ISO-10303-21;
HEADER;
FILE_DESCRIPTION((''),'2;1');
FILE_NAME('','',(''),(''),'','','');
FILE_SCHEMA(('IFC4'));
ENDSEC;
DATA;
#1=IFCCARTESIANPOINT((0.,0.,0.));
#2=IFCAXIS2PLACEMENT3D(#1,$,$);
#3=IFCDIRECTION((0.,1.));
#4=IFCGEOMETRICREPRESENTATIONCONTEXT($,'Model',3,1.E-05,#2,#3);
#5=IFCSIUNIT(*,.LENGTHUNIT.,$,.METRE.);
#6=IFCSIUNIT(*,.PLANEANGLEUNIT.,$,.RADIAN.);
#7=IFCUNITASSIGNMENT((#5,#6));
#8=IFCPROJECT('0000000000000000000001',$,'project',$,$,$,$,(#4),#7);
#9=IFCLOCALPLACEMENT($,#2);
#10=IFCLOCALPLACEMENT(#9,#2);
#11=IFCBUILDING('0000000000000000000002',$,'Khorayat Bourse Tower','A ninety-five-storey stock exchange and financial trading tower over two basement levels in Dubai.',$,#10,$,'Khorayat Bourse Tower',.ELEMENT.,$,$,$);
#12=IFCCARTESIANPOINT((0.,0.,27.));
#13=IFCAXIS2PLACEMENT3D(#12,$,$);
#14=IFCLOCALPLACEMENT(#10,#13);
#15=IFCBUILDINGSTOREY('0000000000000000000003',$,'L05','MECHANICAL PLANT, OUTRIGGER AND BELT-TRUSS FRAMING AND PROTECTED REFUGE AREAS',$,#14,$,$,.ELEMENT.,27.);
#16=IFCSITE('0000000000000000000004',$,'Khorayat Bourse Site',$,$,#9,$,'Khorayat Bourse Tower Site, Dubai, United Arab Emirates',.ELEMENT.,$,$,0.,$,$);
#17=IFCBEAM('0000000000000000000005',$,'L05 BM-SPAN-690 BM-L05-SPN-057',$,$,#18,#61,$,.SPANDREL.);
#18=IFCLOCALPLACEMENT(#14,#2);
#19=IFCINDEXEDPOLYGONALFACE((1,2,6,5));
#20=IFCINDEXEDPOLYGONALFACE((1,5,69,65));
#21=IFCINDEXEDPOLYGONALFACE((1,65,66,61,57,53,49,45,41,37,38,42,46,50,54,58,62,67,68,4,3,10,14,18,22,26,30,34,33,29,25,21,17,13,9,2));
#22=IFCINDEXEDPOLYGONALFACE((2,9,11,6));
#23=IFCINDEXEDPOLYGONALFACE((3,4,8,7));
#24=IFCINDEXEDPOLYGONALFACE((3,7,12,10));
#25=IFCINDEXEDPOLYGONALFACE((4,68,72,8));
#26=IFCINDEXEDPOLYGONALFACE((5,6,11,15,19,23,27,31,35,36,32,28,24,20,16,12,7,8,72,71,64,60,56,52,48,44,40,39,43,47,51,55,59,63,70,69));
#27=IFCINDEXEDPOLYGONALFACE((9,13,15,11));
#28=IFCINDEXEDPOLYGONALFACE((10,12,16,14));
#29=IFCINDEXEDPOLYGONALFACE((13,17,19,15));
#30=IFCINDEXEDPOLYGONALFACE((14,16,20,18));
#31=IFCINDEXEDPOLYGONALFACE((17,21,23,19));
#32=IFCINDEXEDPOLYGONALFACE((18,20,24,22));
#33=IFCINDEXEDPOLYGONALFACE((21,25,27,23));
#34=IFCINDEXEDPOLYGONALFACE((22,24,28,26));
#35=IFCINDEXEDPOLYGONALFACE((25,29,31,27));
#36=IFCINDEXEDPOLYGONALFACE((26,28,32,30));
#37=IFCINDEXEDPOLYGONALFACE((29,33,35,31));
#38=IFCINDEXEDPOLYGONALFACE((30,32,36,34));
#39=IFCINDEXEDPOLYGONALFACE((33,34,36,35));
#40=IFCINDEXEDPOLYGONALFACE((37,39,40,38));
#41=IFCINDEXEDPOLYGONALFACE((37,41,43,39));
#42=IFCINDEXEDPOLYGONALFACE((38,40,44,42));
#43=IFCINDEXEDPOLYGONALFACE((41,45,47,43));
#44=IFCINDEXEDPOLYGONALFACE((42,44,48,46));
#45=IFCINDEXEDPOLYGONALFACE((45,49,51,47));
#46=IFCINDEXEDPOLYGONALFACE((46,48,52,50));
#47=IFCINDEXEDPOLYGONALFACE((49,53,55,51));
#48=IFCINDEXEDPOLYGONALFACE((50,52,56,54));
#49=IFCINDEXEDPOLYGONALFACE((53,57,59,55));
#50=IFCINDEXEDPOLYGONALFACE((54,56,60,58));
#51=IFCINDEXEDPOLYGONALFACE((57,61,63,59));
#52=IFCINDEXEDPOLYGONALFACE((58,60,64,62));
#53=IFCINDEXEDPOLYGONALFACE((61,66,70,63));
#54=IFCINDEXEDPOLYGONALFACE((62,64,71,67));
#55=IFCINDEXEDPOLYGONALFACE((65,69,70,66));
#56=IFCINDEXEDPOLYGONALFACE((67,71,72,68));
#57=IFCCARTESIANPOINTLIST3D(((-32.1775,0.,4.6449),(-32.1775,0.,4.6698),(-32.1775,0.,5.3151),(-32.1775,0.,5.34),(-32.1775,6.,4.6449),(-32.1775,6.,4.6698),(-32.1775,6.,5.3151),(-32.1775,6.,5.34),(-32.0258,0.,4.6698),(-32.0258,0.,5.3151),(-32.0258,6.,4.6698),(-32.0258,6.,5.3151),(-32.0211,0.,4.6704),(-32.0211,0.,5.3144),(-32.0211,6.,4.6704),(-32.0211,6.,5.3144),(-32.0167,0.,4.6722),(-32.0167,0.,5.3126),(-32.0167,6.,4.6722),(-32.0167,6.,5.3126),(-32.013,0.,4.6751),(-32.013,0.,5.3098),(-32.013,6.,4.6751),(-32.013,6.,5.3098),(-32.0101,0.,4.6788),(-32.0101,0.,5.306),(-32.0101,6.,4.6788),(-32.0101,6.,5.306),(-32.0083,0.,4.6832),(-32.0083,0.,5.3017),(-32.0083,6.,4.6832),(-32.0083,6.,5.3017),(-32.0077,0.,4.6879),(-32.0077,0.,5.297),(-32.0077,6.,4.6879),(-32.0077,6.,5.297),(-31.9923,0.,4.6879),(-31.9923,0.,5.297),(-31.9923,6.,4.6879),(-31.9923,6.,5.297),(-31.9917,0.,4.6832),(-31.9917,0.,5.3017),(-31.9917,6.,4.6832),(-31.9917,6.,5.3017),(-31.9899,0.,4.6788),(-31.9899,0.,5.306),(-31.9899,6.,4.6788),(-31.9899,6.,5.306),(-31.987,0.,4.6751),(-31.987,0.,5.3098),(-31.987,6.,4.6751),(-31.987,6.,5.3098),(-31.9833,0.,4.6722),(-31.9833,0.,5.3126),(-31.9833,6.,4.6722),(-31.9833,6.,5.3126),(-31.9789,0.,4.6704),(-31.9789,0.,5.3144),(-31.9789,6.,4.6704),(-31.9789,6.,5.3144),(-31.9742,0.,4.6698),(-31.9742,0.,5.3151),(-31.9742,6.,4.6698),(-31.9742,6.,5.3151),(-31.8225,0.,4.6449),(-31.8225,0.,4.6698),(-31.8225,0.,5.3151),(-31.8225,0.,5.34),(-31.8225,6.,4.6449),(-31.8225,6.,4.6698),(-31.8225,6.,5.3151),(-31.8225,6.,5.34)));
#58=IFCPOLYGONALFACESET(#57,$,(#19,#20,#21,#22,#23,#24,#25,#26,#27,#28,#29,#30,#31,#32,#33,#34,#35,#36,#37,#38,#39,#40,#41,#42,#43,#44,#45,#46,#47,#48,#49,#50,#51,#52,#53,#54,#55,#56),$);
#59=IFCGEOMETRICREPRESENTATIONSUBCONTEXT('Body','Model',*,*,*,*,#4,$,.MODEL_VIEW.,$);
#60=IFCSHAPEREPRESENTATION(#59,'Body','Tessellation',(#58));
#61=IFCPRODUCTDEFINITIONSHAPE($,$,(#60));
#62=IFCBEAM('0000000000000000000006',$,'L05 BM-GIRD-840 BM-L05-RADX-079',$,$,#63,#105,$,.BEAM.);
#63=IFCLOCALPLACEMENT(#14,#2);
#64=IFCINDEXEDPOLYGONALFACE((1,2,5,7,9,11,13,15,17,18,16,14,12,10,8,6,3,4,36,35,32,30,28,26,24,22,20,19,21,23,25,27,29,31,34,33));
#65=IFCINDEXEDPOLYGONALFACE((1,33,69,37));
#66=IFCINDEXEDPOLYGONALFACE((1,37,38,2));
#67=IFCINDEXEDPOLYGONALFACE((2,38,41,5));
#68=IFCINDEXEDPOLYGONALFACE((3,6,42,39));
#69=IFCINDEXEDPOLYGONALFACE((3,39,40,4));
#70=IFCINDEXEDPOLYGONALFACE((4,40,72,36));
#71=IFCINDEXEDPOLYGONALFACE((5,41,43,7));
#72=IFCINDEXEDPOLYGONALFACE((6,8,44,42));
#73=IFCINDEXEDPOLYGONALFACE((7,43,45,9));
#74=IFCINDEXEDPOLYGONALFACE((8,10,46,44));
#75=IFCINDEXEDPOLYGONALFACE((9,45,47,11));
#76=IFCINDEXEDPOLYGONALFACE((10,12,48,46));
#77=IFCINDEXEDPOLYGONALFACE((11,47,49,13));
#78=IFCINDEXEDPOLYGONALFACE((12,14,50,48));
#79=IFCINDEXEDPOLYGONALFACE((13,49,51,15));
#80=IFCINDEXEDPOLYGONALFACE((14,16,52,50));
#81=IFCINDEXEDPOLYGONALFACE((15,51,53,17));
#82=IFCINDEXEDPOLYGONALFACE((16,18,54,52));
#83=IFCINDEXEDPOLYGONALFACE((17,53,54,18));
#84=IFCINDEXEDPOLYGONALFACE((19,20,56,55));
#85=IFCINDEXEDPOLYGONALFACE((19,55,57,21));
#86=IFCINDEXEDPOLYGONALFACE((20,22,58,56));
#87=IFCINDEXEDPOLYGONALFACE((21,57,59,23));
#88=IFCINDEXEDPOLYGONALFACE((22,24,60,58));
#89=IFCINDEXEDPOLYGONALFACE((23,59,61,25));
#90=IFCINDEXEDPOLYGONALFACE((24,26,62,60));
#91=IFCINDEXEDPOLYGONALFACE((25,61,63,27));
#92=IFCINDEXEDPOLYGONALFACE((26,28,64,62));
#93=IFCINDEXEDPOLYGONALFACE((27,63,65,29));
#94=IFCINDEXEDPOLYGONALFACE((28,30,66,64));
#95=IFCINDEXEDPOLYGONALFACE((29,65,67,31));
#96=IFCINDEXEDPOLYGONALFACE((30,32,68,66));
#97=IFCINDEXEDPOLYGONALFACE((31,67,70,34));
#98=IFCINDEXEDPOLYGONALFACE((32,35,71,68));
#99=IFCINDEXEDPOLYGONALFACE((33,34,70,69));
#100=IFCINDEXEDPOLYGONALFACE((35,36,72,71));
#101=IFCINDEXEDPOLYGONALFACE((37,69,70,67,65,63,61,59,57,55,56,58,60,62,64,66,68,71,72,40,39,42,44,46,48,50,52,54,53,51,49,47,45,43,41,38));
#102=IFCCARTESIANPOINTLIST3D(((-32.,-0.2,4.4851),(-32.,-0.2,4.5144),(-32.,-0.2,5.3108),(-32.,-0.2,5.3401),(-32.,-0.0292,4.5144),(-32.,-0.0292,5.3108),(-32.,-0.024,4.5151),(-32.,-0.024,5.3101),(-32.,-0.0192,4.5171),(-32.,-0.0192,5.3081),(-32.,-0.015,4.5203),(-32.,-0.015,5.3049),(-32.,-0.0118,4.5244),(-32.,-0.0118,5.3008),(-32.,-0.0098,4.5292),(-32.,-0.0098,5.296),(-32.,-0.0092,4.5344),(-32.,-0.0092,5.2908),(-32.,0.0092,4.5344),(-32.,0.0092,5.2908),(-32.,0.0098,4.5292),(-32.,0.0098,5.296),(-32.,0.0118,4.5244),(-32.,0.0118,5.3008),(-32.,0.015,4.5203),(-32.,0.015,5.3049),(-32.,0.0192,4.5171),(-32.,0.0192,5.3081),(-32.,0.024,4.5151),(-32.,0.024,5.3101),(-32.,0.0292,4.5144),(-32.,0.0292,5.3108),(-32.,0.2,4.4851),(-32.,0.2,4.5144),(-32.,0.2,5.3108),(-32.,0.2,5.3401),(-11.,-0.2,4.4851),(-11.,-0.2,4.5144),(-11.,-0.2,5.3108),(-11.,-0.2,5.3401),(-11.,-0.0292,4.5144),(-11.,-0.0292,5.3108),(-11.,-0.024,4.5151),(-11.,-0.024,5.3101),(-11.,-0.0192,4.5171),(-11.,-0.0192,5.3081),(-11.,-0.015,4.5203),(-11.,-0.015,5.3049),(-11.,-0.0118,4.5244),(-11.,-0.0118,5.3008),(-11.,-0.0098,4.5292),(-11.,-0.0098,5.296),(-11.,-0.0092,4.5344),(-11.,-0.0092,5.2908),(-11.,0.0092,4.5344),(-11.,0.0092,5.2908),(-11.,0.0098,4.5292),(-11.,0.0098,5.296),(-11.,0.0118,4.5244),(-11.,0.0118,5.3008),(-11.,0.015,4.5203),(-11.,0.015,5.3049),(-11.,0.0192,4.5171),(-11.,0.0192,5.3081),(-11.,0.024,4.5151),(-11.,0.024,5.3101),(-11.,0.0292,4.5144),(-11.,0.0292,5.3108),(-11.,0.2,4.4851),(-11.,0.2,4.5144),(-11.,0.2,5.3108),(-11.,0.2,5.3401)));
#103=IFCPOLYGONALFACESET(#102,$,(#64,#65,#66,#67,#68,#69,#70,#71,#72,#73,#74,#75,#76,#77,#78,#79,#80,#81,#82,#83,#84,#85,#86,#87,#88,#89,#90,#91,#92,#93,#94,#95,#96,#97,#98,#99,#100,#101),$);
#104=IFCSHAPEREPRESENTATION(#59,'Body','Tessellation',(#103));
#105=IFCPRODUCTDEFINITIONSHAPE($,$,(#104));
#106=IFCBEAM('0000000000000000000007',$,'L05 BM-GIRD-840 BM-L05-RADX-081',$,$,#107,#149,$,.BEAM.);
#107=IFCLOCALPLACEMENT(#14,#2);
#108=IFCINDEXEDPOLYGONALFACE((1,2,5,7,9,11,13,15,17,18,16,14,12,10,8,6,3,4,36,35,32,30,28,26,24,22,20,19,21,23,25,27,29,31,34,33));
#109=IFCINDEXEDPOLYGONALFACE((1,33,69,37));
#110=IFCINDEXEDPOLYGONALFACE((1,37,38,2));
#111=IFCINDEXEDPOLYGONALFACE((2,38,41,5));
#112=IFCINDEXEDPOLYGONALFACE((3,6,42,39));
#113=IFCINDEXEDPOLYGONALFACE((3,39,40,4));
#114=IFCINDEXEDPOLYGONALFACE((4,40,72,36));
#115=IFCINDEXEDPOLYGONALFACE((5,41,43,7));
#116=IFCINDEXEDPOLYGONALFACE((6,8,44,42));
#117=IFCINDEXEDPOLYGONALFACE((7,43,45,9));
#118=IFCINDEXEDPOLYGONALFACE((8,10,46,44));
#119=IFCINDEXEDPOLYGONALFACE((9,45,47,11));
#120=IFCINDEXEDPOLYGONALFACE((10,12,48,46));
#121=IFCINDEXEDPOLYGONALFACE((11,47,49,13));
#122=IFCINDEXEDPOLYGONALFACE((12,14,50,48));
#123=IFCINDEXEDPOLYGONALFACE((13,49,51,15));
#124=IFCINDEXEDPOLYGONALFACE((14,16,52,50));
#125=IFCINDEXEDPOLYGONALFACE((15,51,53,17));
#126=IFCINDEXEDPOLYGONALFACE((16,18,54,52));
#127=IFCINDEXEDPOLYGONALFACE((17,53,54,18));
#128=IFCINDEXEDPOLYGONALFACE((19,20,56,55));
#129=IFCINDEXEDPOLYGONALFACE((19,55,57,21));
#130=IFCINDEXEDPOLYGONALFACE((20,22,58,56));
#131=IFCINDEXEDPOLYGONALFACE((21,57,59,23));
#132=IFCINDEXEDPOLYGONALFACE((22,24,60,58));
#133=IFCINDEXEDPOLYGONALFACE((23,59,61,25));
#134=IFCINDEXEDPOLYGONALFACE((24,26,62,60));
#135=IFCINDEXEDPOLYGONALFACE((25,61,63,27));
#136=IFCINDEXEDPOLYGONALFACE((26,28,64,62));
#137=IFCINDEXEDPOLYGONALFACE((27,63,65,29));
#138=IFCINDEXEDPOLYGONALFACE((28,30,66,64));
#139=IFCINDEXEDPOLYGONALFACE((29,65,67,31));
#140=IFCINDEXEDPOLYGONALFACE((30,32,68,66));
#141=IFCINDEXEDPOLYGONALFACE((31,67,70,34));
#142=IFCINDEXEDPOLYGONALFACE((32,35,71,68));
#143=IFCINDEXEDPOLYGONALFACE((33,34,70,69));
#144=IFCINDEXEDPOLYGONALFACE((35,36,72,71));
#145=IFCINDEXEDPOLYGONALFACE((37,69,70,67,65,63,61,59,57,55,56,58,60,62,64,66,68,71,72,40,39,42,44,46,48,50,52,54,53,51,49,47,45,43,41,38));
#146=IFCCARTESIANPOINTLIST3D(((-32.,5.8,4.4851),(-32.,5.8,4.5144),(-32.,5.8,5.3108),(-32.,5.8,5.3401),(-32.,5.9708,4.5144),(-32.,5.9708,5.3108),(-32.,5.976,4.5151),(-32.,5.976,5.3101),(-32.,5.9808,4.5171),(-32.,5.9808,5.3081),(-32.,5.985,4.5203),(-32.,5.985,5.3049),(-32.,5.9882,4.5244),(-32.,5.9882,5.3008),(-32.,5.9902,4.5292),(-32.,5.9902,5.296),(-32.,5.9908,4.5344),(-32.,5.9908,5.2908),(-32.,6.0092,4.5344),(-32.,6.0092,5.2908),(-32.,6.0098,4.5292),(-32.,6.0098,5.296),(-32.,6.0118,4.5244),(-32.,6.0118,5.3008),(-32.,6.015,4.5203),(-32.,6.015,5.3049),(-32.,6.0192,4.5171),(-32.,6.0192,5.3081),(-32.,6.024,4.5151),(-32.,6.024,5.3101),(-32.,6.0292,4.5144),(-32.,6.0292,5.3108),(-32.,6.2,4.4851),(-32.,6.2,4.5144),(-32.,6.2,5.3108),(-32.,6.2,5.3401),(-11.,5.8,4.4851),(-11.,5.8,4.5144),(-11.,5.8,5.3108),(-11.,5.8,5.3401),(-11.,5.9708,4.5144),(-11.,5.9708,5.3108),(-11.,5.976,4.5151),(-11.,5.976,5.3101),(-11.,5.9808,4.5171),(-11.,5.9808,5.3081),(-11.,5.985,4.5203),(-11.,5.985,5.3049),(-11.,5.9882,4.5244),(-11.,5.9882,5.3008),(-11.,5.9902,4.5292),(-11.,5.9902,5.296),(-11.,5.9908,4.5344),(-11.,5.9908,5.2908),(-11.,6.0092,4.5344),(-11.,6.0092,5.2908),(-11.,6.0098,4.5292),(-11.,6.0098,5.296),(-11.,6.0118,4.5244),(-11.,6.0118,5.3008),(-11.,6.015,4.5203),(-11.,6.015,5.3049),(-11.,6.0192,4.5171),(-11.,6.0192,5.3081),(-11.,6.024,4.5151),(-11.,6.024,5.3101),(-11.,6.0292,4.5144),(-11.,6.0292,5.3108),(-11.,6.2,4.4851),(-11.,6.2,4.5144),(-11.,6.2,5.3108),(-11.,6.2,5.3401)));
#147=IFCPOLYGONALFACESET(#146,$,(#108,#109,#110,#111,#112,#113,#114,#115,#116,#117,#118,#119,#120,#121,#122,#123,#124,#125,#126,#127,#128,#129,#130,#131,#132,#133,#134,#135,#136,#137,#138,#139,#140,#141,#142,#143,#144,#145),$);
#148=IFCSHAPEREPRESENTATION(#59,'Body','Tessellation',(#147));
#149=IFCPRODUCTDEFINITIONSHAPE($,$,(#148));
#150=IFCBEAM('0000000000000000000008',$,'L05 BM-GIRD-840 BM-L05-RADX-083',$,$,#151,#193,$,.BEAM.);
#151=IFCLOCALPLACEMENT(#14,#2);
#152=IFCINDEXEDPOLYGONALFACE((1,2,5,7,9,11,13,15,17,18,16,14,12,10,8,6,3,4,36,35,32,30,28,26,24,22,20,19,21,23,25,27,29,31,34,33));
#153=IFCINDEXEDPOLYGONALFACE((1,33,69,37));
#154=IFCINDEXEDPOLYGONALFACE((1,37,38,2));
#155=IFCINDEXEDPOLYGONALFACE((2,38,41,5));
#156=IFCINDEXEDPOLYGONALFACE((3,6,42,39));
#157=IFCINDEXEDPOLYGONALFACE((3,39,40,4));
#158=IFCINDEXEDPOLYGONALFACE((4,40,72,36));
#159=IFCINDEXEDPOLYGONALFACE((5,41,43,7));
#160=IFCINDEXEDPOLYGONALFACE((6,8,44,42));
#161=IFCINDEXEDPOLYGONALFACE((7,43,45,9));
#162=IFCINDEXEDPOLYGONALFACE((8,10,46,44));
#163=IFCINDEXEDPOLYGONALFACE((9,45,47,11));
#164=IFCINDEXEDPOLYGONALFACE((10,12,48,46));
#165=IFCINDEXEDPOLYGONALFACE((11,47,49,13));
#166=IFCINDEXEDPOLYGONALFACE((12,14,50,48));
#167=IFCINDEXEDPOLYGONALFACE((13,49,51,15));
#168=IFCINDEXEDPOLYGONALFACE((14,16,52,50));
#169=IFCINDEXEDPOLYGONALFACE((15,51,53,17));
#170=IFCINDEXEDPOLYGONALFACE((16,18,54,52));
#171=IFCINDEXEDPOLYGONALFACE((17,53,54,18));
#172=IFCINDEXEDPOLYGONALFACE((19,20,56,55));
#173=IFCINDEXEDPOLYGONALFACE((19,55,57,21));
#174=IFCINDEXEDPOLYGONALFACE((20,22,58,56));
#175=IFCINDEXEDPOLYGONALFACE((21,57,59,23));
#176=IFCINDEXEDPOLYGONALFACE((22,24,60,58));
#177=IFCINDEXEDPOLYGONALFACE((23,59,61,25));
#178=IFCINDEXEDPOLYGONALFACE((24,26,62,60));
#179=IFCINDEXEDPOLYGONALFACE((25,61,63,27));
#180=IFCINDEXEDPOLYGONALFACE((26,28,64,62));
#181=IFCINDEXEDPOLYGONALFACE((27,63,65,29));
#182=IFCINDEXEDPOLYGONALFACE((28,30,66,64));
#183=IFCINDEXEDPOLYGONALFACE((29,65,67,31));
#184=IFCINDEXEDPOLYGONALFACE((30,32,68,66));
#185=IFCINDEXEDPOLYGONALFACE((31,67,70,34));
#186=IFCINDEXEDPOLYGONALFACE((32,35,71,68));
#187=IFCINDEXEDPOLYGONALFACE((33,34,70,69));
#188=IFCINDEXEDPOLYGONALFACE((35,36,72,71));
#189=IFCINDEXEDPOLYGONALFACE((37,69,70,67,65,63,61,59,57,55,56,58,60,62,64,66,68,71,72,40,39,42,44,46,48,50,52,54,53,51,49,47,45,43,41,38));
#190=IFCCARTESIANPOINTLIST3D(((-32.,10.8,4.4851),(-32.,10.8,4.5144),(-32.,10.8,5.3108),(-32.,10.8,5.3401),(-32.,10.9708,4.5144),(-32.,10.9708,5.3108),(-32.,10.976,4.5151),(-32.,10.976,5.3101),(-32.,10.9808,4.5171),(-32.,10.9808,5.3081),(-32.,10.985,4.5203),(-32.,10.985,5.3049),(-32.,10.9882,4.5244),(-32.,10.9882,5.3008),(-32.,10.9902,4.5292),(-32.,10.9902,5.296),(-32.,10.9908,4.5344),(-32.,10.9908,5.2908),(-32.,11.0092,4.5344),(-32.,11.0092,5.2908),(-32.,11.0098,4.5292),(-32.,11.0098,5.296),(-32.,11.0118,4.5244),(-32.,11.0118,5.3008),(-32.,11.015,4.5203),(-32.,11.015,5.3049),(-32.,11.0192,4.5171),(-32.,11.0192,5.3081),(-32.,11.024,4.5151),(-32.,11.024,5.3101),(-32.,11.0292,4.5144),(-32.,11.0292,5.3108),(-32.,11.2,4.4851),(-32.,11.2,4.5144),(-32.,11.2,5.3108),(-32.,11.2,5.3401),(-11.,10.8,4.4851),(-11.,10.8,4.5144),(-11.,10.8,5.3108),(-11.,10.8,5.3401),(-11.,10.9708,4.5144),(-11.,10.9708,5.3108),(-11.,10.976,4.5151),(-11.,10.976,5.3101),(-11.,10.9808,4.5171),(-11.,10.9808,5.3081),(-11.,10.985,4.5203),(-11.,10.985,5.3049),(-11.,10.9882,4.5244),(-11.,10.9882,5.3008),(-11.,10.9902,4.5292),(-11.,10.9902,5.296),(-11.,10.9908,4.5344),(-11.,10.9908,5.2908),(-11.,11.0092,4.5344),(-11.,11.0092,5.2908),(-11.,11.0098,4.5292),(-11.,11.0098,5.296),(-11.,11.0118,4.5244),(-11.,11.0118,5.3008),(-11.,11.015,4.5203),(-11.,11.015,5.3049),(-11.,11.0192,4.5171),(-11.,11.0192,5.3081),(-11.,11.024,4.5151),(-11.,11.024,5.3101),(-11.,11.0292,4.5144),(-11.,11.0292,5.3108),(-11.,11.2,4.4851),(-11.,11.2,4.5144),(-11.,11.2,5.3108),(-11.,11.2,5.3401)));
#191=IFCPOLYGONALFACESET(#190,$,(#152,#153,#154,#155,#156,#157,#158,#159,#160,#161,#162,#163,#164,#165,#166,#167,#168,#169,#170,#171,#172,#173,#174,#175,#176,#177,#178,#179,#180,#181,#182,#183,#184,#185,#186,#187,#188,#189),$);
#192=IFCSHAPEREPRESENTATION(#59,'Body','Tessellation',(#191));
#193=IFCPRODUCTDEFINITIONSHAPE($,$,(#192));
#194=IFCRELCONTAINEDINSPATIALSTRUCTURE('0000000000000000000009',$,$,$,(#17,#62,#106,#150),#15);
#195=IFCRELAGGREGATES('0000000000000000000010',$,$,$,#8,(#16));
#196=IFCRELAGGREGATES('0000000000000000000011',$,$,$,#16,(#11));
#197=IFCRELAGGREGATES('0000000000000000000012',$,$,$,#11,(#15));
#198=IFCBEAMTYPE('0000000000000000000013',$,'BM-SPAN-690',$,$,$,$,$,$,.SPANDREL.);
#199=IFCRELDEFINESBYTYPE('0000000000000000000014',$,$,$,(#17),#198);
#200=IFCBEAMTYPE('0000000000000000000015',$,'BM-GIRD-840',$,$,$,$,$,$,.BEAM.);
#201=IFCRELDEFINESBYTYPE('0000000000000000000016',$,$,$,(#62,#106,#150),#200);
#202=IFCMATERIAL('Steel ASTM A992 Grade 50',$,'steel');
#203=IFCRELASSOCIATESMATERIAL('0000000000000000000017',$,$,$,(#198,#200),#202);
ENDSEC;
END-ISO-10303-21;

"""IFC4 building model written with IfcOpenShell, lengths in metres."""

from ifc_helpers import new_model, si_unit, direction, frame, origin, origin_2d, place, context, subcontext, project, spatial, i_section, extrude, source, transform, mapped, material, material_profile, profile_set, type_object, element, save


model = new_model("IFC4")

# Units and contexts
model_context = context("Model", 3, precision=1e-05, world=origin(), true_north=direction((0.0, 1.0)))
body_context = subcontext(model_context, "Body", "Model", "MODEL_VIEW")
ifc_project = project(units=[si_unit("LENGTHUNIT", "METRE"), si_unit("PLANEANGLEUNIT", "RADIAN")], contexts=[model_context])

# Site, building, storey
site_placement = place(None, origin())
site = spatial("IfcSite", under=ifc_project, at=site_placement, Name="Khorayat Bourse Site", LongName="Khorayat Bourse Tower Site, Dubai, United Arab Emirates", CompositionType="ELEMENT", RefElevation=0.0)
building_placement = place(site_placement, origin())
building = spatial("IfcBuilding", under=site, at=building_placement, Name="Khorayat Bourse Tower", Description="A ninety-five-storey stock exchange and financial trading tower over two basement levels in Dubai.", LongName="Khorayat Bourse Tower", CompositionType="ELEMENT")
storey_placement = place(building_placement, frame((0.0, 0.0, 27.0)))
storey = spatial("IfcBuildingStorey", under=building, at=storey_placement, Name="L05", Description="MECHANICAL PLANT, OUTRIGGER AND BELT-TRUSS FRAMING AND PROTECTED REFUGE AREAS", CompositionType="ELEMENT", Elevation=27.0)

# Beams
ifc_material_1 = material(Name="Steel ASTM A992 Grade 50", Category="steel")
ifc_material_profile_1 = material_profile(ifc_material_1, i_section(OverallWidth=0.355, OverallDepth=0.6951, WebThickness=0.0154, FlangeThickness=0.0249, FilletRadius=0.0181, at=origin_2d()), Name="W690X217")
ifc_profile_set_1 = profile_set([ifc_material_profile_1], Name="Steel ASTM A992 Grade 50")
beam_type_1 = type_object("IfcBeamType", Name="BM-SPAN-690", PredefinedType="SPANDREL", material=ifc_profile_set_1)
shared_shape_1 = source(origin(), body_context, "Body", "SweptSolid", [
    extrude(i_section(OverallWidth=0.355, OverallDepth=0.6951, WebThickness=0.0154, FlangeThickness=0.0249, FilletRadius=0.0181, at=origin_2d()), origin(), (0.0, 0.0, 1.0), 6.0),
])
beam_1_placement = place(storey_placement, frame((-32.0, 0.0, 4.9924), z_axis=(0.0, 1.0, 0.0), x_axis=(-1.0, 0.0, 0.0)))
element("IfcBeam", 1, at=beam_1_placement, inside=storey, type_object=beam_type_1, Name="L05 BM-SPAN-690 BM-L05-SPN-057", PredefinedType="SPANDREL", context=body_context, shape_type="MappedRepresentation", body=[
    mapped(shared_shape_1, transform((0.0, 0.0, 0.0), scale=1.0)),
])
ifc_material_profile_2 = material_profile(ifc_material_1, i_section(OverallWidth=0.3999, OverallDepth=0.855, WebThickness=0.0183, FlangeThickness=0.0293, FilletRadius=0.02, at=origin_2d()), Name="W840X299")
ifc_profile_set_2 = profile_set([ifc_material_profile_2], Name="Steel ASTM A992 Grade 50")
beam_type_2 = type_object("IfcBeamType", Name="BM-GIRD-840", PredefinedType="BEAM", material=ifc_profile_set_2)
shared_shape_2 = source(origin(), body_context, "Body", "SweptSolid", [
    extrude(i_section(OverallWidth=0.3999, OverallDepth=0.855, WebThickness=0.0183, FlangeThickness=0.0293, FilletRadius=0.02, at=origin_2d()), origin(), (0.0, 0.0, 1.0), 21.0),
])
for number, where, z_axis, x_axis, name in (
    (2, (-32.0, 0.0, 4.9126), (1.0, 0.0, 0.0), (0.0, 1.0, 0.0), "L05 BM-GIRD-840 BM-L05-RADX-079"),
    (3, (-32.0, 6.0, 4.9126), (1.0, 0.0, 0.0), (0.0, 1.0, 0.0), "L05 BM-GIRD-840 BM-L05-RADX-081"),
    (4, (-32.0, 11.0, 4.9126), (1.0, 0.0, 0.0), (0.0, 1.0, 0.0), "L05 BM-GIRD-840 BM-L05-RADX-083"),
):
    element("IfcBeam", number, at=place(storey_placement, frame(where, z_axis=z_axis, x_axis=x_axis)), inside=storey, type_object=beam_type_2, Name=name, PredefinedType="BEAM", context=body_context, shape_type="MappedRepresentation", body=[
        mapped(shared_shape_2, transform((0.0, 0.0, 0.0), scale=1.0)),
    ])

save(model, "model.ifc")
